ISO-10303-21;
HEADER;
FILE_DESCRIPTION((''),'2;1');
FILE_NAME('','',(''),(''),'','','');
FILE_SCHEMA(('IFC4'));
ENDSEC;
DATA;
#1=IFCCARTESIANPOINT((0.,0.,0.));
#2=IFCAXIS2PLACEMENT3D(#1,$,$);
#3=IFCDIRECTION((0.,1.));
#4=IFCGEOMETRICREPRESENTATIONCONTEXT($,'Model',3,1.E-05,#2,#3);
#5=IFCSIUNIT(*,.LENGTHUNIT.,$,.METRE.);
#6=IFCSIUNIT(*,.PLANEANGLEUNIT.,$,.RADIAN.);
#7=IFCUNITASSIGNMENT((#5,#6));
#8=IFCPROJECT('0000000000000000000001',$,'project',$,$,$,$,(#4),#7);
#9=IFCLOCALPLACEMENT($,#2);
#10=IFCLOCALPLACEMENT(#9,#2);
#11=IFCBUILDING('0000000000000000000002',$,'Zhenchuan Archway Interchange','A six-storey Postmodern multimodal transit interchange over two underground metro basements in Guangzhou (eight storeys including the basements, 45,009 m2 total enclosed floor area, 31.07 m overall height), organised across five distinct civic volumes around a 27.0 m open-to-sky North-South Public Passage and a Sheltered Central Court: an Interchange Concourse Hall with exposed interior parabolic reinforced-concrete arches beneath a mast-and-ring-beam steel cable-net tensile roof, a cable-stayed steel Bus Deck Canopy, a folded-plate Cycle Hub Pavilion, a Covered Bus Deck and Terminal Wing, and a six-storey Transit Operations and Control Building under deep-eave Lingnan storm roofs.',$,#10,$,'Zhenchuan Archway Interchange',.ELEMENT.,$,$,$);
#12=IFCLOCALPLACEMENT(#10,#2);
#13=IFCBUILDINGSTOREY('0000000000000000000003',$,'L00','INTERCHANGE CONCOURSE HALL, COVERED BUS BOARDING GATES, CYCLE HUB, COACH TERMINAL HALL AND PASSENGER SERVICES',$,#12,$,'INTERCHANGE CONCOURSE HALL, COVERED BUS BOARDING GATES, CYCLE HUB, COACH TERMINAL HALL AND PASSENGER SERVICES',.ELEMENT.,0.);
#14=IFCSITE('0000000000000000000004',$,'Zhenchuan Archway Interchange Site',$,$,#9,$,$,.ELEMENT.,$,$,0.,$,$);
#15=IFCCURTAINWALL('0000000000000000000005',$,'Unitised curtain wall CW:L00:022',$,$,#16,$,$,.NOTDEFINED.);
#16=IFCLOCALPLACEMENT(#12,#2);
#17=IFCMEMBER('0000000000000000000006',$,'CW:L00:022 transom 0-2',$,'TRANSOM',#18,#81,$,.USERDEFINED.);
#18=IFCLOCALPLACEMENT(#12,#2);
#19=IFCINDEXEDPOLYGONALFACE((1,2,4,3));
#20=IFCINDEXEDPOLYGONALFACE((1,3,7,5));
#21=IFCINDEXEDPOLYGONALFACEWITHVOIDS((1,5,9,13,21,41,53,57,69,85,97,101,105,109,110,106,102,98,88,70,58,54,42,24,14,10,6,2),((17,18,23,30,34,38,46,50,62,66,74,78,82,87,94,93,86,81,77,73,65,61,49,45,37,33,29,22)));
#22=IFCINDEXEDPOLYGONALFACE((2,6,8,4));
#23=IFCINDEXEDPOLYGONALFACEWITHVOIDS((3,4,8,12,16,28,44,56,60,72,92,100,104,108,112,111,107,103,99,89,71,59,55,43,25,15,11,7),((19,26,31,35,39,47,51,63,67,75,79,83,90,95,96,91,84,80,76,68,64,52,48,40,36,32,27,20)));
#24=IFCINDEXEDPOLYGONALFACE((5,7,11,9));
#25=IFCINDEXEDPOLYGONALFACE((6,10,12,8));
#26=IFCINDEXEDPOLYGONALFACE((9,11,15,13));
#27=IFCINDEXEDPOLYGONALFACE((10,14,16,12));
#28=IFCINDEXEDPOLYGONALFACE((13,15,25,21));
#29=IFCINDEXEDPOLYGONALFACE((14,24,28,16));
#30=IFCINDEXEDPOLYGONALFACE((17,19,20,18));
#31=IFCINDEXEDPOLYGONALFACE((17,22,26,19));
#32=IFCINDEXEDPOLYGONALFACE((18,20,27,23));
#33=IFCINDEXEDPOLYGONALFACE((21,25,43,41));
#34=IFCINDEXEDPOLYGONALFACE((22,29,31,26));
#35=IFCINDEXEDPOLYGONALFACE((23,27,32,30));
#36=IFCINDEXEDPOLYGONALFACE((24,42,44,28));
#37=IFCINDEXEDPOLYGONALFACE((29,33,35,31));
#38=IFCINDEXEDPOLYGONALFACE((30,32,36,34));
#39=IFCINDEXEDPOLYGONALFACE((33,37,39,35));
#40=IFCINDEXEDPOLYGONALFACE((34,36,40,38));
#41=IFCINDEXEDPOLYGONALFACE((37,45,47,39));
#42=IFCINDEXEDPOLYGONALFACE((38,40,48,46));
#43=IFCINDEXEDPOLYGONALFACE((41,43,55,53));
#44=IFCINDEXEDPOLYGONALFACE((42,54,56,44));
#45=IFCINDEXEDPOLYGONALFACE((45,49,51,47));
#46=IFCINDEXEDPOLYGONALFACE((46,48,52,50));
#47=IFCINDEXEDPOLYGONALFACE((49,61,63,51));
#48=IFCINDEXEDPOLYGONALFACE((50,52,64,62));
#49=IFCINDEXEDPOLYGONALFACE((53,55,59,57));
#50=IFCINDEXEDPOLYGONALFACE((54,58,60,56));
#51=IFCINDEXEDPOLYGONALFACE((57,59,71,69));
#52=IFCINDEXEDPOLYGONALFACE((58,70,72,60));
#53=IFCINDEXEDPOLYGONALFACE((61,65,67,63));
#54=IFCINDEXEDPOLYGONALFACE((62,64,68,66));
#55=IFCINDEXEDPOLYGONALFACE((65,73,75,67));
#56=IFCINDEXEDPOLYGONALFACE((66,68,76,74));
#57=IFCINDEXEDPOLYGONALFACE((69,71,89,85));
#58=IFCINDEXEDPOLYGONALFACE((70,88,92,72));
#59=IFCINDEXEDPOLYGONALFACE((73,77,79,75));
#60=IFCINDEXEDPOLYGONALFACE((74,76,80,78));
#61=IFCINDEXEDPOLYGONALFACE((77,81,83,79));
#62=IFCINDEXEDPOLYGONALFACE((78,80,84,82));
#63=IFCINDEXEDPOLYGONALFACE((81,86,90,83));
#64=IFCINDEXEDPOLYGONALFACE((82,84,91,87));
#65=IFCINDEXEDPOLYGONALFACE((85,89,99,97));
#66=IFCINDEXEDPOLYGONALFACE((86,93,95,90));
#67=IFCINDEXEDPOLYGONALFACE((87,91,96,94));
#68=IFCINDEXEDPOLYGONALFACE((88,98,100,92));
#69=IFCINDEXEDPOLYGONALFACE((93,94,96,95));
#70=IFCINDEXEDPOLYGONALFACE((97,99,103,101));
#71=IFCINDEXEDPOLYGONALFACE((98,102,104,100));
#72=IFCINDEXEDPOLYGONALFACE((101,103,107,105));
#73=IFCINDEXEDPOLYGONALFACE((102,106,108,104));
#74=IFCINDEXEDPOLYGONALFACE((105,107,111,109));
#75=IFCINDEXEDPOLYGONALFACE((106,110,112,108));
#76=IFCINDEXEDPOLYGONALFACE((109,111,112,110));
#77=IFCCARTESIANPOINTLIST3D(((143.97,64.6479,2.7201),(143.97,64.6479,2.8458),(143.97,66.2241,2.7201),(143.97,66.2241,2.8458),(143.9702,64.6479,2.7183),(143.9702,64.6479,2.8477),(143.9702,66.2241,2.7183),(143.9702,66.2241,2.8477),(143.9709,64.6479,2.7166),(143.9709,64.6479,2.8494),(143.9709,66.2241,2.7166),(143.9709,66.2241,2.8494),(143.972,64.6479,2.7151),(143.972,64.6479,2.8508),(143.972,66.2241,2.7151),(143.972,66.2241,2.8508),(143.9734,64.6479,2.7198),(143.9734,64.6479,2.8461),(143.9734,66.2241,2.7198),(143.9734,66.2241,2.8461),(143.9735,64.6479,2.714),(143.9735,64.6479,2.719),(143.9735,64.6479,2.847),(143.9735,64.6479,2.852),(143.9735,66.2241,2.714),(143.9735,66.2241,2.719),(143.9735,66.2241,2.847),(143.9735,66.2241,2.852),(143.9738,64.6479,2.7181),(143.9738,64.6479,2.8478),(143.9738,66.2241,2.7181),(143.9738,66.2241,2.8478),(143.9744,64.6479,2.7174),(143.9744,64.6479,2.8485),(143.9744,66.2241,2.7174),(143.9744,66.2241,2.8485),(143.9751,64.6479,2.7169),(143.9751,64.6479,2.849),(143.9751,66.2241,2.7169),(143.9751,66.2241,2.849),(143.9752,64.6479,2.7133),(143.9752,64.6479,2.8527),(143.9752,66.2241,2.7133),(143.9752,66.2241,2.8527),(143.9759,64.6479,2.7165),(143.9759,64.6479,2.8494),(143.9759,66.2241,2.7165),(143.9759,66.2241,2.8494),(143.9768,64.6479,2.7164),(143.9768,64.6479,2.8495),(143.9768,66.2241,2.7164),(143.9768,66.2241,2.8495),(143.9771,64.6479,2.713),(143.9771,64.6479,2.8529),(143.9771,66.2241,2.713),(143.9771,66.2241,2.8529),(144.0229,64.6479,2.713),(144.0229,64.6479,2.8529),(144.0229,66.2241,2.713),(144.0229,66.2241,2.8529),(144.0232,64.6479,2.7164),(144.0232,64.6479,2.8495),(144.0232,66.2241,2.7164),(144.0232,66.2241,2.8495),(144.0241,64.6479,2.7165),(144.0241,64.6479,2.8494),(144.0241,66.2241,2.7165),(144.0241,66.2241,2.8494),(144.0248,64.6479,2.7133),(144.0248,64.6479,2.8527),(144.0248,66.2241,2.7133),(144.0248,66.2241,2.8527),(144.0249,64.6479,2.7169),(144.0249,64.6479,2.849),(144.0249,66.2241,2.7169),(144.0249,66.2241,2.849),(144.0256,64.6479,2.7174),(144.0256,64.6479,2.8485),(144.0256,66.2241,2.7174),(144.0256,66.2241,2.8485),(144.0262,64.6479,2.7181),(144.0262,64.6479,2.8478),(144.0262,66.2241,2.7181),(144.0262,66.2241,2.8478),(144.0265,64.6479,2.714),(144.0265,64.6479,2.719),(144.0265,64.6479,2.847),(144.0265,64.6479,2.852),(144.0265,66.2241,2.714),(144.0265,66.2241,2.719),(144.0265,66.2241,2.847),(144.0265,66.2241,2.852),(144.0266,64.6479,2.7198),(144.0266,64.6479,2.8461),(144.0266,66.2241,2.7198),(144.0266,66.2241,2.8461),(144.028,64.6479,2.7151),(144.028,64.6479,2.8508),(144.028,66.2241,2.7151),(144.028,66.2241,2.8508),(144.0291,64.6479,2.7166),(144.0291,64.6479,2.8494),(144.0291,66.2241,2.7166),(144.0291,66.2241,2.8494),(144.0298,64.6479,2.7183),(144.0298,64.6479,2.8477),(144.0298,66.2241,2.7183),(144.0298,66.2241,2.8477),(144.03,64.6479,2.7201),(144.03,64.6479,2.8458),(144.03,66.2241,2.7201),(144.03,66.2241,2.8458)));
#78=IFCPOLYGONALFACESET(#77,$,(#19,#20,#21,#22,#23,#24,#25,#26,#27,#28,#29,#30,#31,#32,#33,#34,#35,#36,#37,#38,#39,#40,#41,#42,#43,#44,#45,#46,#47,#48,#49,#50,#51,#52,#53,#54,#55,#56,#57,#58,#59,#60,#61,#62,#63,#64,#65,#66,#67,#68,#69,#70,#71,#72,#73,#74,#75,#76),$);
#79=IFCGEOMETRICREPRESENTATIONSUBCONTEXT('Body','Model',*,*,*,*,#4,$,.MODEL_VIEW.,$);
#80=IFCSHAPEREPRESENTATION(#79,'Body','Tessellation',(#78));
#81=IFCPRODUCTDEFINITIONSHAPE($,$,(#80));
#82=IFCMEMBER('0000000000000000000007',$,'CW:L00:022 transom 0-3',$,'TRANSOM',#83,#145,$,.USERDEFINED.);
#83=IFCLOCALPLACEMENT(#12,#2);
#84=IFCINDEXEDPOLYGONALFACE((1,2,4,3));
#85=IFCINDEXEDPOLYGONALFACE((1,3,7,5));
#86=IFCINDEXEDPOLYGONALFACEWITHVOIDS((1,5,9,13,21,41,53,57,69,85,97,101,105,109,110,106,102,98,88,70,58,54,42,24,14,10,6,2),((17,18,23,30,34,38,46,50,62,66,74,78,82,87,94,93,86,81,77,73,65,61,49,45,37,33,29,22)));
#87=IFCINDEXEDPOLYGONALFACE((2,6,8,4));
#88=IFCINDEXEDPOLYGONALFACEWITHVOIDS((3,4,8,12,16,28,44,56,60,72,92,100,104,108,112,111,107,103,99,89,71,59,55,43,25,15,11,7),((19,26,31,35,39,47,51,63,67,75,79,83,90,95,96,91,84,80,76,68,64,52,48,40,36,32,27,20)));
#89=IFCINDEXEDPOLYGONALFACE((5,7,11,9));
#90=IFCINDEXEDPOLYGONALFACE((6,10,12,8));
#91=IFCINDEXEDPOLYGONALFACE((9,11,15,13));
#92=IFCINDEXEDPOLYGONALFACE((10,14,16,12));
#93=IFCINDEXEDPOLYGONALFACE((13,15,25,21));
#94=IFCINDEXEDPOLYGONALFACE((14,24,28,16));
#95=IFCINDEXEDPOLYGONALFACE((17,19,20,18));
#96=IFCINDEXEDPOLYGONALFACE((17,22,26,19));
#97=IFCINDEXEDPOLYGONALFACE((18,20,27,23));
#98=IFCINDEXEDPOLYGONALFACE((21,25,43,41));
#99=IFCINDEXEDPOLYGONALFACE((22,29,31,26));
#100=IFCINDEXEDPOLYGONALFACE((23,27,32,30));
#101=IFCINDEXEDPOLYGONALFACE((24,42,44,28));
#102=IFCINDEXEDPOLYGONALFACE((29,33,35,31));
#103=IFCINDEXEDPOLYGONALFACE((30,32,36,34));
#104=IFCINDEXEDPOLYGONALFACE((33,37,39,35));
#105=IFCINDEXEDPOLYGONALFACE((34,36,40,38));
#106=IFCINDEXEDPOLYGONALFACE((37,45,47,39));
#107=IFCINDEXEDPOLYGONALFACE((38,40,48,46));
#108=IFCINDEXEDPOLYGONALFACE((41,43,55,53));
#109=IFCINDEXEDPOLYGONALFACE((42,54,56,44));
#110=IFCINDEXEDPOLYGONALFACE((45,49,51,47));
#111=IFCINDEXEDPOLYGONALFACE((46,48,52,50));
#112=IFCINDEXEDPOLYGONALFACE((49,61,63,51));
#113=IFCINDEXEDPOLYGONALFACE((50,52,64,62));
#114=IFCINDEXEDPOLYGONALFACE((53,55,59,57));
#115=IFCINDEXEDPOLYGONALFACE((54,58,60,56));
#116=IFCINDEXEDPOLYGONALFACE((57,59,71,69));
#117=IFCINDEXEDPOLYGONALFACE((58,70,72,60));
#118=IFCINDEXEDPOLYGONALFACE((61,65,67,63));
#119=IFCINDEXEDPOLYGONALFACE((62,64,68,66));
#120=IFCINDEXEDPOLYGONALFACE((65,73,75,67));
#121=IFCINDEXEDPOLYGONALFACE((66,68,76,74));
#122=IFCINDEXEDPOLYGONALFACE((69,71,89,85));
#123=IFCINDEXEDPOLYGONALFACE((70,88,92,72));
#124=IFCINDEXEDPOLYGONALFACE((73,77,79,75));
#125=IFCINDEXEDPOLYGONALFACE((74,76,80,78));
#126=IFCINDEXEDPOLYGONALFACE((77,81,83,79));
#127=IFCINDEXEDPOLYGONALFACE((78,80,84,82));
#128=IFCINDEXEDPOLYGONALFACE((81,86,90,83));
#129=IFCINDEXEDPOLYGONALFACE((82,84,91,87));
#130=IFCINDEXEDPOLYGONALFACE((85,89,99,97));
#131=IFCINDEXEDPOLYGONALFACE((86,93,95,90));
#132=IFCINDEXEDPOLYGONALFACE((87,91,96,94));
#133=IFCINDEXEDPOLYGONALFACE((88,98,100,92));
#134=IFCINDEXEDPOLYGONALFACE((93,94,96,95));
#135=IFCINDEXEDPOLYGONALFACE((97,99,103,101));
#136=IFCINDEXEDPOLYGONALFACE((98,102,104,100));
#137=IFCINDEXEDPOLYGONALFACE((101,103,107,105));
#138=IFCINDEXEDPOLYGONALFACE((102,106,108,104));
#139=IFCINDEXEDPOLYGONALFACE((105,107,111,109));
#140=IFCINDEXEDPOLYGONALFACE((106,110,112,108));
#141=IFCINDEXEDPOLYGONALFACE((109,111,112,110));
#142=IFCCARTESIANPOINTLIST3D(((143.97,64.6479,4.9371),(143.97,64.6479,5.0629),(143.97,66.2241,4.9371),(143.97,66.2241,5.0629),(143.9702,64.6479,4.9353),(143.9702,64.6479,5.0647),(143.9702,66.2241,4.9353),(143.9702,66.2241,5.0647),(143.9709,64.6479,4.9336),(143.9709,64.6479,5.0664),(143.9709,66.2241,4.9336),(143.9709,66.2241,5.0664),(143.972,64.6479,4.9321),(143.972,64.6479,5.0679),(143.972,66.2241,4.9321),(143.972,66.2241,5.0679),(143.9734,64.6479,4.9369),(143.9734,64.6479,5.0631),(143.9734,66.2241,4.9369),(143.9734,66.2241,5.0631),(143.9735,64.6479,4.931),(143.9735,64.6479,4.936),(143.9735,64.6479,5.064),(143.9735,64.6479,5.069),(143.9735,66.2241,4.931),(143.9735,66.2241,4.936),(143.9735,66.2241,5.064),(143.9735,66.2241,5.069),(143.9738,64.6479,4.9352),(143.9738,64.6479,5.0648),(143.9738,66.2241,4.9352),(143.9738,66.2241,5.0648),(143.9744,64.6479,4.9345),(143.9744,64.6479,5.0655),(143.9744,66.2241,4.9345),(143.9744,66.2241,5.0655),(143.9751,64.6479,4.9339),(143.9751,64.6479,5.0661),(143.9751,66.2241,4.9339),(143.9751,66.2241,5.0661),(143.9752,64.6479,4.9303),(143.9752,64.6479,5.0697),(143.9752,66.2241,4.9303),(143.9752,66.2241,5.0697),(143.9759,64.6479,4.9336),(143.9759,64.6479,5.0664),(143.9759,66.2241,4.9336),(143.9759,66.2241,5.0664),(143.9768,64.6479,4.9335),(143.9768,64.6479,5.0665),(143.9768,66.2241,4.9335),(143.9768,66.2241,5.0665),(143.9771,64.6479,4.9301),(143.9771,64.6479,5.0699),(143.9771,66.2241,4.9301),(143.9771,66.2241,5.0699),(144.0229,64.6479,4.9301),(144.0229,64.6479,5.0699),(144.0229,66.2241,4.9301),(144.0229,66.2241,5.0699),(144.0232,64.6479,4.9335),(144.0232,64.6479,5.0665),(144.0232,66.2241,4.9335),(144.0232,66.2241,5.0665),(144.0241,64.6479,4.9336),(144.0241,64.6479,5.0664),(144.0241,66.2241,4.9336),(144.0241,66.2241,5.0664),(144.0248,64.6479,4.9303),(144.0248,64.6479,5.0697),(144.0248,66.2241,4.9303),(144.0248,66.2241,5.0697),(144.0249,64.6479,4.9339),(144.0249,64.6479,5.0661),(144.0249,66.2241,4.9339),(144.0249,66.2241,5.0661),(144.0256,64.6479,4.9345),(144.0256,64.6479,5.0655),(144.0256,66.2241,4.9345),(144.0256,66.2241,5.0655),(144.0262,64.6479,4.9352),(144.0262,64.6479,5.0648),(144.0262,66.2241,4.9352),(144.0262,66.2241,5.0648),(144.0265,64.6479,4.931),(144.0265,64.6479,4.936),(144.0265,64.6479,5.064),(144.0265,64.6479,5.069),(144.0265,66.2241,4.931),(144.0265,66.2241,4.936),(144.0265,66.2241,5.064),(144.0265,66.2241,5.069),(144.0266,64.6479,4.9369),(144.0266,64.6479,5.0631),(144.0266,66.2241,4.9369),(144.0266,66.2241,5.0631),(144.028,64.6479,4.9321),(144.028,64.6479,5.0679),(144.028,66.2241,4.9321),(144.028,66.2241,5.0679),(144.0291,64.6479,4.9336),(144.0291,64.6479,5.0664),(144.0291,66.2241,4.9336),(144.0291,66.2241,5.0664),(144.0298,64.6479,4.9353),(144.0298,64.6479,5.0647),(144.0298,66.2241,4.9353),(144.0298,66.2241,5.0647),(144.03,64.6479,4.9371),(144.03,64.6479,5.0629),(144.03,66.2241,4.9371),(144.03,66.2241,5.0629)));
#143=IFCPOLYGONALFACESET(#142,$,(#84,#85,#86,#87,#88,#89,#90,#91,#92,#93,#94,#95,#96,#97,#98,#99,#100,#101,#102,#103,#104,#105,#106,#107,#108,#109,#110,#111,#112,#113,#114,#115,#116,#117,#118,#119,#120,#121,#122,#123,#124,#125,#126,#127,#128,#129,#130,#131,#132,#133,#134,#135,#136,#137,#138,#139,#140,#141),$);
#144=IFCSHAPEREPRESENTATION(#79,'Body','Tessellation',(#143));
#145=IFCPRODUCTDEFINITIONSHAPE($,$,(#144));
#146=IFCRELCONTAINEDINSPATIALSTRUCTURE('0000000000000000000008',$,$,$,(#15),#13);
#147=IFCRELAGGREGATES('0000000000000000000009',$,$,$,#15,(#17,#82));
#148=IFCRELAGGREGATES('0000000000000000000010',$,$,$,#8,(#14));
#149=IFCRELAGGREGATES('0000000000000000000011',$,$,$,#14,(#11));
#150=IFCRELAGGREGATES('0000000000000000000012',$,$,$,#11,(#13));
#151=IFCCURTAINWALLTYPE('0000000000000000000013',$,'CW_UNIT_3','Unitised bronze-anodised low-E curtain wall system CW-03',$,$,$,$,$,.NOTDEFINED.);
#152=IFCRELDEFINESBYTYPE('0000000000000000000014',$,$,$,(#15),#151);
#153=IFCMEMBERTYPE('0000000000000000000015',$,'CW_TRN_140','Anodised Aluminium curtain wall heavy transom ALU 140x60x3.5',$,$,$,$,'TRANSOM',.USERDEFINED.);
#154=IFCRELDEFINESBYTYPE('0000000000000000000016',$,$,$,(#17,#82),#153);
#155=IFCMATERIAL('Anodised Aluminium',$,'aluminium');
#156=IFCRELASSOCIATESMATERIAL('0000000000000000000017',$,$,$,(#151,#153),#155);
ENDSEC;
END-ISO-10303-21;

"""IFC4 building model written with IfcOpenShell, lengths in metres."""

from ifc_helpers import new_model, si_unit, direction, frame, origin, origin_2d, place, context, subcontext, project, spatial, hollow_rectangle, extrude, material, material_profile, profile_set, type_object, element, aggregate, save


model = new_model("IFC4")

# Units and contexts
model_context = context("Model", 3, precision=1e-05, world=origin(), true_north=direction((0.0, 1.0)))
body_context = subcontext(model_context, "Body", "Model", "MODEL_VIEW")
ifc_project = project(units=[si_unit("LENGTHUNIT", "METRE"), si_unit("PLANEANGLEUNIT", "RADIAN")], contexts=[model_context])

# Site, building, storey
site_placement = place(None, origin())
site = spatial("IfcSite", under=ifc_project, at=site_placement, Name="Zhenchuan Archway Interchange Site", CompositionType="ELEMENT", RefElevation=0.0)
building_placement = place(site_placement, origin())
building = spatial("IfcBuilding", under=site, at=building_placement, Name="Zhenchuan Archway Interchange", Description="A six-storey Postmodern multimodal transit interchange over two underground metro basements in Guangzhou (eight storeys including the basements, 45,009 m2 total enclosed floor area, 31.07 m overall height), organised across five distinct civic volumes around a 27.0 m open-to-sky North-South Public Passage and a Sheltered Central Court: an Interchange Concourse Hall with exposed interior parabolic reinforced-concrete arches beneath a mast-and-ring-beam steel cable-net tensile roof, a cable-stayed steel Bus Deck Canopy, a folded-plate Cycle Hub Pavilion, a Covered Bus Deck and Terminal Wing, and a six-storey Transit Operations and Control Building under deep-eave Lingnan storm roofs.", LongName="Zhenchuan Archway Interchange", CompositionType="ELEMENT")
storey_placement = place(building_placement, origin())
storey = spatial("IfcBuildingStorey", under=building, at=storey_placement, Name="L00", Description="INTERCHANGE CONCOURSE HALL, COVERED BUS BOARDING GATES, CYCLE HUB, COACH TERMINAL HALL AND PASSENGER SERVICES", LongName="INTERCHANGE CONCOURSE HALL, COVERED BUS BOARDING GATES, CYCLE HUB, COACH TERMINAL HALL AND PASSENGER SERVICES", CompositionType="ELEMENT", Elevation=0.0)

# Curtain wall, members
ifc_material_1 = material(Name="Anodised Aluminium", Category="aluminium")
curtain_wall_type = type_object("IfcCurtainWallType", Name="CW_UNIT_3", Description="Unitised bronze-anodised low-E curtain wall system CW-03", PredefinedType="NOTDEFINED", material=ifc_material_1)
curtain_wall_placement = place(storey_placement, origin())
curtain_wall = element("IfcCurtainWall", 1, at=curtain_wall_placement, inside=storey, type_object=curtain_wall_type, Name="Unitised curtain wall CW:L00:022", PredefinedType="NOTDEFINED")
ifc_material_profile_1 = material_profile(ifc_material_1, hollow_rectangle(XDim=0.0601, YDim=0.1399, WallThickness=0.0034, InnerFilletRadius=0.0034, OuterFilletRadius=0.0071, at=origin_2d()), Name="ALU 140x60x3.5")
ifc_profile_set_1 = profile_set([ifc_material_profile_1], Name="Anodised Aluminium")
member_type_1 = type_object("IfcMemberType", Name="CW_TRN_140", Description="Anodised Aluminium curtain wall heavy transom ALU 140x60x3.5", ElementType="TRANSOM", PredefinedType="USERDEFINED", material=ifc_profile_set_1)
member_1_placement = place(storey_placement, frame((144.0, 64.6479, 2.783), z_axis=(0.0, 1.0, 0.0), x_axis=(-1.0, 0.0, 0.0)))
member_1 = element("IfcMember", 2, at=member_1_placement, type_object=member_type_1, Name="CW:L00:022 transom 0-2", ObjectType="TRANSOM", PredefinedType="USERDEFINED", context=body_context, shape_type="SweptSolid", body=[
    extrude(hollow_rectangle(XDim=0.0601, YDim=0.1399, WallThickness=0.0034, InnerFilletRadius=0.0034, OuterFilletRadius=0.0071, at=origin_2d()), origin(), (0.0, 0.0, 1.0), 1.5762),
])
member_2_placement = place(storey_placement, frame((144.0, 64.6479, 5.0), z_axis=(0.0, 1.0, 0.0), x_axis=(-1.0, 0.0, 0.0)))
member_2 = element("IfcMember", 3, at=member_2_placement, type_object=member_type_1, Name="CW:L00:022 transom 0-3", ObjectType="TRANSOM", PredefinedType="USERDEFINED", context=body_context, shape_type="SweptSolid", body=[
    extrude(hollow_rectangle(XDim=0.0601, YDim=0.1399, WallThickness=0.0034, InnerFilletRadius=0.0034, OuterFilletRadius=0.0071, at=origin_2d()), origin(), (0.0, 0.0, 1.0), 1.5762),
])

aggregate(curtain_wall, [member_1, member_2])

save(model, "model.ifc")
